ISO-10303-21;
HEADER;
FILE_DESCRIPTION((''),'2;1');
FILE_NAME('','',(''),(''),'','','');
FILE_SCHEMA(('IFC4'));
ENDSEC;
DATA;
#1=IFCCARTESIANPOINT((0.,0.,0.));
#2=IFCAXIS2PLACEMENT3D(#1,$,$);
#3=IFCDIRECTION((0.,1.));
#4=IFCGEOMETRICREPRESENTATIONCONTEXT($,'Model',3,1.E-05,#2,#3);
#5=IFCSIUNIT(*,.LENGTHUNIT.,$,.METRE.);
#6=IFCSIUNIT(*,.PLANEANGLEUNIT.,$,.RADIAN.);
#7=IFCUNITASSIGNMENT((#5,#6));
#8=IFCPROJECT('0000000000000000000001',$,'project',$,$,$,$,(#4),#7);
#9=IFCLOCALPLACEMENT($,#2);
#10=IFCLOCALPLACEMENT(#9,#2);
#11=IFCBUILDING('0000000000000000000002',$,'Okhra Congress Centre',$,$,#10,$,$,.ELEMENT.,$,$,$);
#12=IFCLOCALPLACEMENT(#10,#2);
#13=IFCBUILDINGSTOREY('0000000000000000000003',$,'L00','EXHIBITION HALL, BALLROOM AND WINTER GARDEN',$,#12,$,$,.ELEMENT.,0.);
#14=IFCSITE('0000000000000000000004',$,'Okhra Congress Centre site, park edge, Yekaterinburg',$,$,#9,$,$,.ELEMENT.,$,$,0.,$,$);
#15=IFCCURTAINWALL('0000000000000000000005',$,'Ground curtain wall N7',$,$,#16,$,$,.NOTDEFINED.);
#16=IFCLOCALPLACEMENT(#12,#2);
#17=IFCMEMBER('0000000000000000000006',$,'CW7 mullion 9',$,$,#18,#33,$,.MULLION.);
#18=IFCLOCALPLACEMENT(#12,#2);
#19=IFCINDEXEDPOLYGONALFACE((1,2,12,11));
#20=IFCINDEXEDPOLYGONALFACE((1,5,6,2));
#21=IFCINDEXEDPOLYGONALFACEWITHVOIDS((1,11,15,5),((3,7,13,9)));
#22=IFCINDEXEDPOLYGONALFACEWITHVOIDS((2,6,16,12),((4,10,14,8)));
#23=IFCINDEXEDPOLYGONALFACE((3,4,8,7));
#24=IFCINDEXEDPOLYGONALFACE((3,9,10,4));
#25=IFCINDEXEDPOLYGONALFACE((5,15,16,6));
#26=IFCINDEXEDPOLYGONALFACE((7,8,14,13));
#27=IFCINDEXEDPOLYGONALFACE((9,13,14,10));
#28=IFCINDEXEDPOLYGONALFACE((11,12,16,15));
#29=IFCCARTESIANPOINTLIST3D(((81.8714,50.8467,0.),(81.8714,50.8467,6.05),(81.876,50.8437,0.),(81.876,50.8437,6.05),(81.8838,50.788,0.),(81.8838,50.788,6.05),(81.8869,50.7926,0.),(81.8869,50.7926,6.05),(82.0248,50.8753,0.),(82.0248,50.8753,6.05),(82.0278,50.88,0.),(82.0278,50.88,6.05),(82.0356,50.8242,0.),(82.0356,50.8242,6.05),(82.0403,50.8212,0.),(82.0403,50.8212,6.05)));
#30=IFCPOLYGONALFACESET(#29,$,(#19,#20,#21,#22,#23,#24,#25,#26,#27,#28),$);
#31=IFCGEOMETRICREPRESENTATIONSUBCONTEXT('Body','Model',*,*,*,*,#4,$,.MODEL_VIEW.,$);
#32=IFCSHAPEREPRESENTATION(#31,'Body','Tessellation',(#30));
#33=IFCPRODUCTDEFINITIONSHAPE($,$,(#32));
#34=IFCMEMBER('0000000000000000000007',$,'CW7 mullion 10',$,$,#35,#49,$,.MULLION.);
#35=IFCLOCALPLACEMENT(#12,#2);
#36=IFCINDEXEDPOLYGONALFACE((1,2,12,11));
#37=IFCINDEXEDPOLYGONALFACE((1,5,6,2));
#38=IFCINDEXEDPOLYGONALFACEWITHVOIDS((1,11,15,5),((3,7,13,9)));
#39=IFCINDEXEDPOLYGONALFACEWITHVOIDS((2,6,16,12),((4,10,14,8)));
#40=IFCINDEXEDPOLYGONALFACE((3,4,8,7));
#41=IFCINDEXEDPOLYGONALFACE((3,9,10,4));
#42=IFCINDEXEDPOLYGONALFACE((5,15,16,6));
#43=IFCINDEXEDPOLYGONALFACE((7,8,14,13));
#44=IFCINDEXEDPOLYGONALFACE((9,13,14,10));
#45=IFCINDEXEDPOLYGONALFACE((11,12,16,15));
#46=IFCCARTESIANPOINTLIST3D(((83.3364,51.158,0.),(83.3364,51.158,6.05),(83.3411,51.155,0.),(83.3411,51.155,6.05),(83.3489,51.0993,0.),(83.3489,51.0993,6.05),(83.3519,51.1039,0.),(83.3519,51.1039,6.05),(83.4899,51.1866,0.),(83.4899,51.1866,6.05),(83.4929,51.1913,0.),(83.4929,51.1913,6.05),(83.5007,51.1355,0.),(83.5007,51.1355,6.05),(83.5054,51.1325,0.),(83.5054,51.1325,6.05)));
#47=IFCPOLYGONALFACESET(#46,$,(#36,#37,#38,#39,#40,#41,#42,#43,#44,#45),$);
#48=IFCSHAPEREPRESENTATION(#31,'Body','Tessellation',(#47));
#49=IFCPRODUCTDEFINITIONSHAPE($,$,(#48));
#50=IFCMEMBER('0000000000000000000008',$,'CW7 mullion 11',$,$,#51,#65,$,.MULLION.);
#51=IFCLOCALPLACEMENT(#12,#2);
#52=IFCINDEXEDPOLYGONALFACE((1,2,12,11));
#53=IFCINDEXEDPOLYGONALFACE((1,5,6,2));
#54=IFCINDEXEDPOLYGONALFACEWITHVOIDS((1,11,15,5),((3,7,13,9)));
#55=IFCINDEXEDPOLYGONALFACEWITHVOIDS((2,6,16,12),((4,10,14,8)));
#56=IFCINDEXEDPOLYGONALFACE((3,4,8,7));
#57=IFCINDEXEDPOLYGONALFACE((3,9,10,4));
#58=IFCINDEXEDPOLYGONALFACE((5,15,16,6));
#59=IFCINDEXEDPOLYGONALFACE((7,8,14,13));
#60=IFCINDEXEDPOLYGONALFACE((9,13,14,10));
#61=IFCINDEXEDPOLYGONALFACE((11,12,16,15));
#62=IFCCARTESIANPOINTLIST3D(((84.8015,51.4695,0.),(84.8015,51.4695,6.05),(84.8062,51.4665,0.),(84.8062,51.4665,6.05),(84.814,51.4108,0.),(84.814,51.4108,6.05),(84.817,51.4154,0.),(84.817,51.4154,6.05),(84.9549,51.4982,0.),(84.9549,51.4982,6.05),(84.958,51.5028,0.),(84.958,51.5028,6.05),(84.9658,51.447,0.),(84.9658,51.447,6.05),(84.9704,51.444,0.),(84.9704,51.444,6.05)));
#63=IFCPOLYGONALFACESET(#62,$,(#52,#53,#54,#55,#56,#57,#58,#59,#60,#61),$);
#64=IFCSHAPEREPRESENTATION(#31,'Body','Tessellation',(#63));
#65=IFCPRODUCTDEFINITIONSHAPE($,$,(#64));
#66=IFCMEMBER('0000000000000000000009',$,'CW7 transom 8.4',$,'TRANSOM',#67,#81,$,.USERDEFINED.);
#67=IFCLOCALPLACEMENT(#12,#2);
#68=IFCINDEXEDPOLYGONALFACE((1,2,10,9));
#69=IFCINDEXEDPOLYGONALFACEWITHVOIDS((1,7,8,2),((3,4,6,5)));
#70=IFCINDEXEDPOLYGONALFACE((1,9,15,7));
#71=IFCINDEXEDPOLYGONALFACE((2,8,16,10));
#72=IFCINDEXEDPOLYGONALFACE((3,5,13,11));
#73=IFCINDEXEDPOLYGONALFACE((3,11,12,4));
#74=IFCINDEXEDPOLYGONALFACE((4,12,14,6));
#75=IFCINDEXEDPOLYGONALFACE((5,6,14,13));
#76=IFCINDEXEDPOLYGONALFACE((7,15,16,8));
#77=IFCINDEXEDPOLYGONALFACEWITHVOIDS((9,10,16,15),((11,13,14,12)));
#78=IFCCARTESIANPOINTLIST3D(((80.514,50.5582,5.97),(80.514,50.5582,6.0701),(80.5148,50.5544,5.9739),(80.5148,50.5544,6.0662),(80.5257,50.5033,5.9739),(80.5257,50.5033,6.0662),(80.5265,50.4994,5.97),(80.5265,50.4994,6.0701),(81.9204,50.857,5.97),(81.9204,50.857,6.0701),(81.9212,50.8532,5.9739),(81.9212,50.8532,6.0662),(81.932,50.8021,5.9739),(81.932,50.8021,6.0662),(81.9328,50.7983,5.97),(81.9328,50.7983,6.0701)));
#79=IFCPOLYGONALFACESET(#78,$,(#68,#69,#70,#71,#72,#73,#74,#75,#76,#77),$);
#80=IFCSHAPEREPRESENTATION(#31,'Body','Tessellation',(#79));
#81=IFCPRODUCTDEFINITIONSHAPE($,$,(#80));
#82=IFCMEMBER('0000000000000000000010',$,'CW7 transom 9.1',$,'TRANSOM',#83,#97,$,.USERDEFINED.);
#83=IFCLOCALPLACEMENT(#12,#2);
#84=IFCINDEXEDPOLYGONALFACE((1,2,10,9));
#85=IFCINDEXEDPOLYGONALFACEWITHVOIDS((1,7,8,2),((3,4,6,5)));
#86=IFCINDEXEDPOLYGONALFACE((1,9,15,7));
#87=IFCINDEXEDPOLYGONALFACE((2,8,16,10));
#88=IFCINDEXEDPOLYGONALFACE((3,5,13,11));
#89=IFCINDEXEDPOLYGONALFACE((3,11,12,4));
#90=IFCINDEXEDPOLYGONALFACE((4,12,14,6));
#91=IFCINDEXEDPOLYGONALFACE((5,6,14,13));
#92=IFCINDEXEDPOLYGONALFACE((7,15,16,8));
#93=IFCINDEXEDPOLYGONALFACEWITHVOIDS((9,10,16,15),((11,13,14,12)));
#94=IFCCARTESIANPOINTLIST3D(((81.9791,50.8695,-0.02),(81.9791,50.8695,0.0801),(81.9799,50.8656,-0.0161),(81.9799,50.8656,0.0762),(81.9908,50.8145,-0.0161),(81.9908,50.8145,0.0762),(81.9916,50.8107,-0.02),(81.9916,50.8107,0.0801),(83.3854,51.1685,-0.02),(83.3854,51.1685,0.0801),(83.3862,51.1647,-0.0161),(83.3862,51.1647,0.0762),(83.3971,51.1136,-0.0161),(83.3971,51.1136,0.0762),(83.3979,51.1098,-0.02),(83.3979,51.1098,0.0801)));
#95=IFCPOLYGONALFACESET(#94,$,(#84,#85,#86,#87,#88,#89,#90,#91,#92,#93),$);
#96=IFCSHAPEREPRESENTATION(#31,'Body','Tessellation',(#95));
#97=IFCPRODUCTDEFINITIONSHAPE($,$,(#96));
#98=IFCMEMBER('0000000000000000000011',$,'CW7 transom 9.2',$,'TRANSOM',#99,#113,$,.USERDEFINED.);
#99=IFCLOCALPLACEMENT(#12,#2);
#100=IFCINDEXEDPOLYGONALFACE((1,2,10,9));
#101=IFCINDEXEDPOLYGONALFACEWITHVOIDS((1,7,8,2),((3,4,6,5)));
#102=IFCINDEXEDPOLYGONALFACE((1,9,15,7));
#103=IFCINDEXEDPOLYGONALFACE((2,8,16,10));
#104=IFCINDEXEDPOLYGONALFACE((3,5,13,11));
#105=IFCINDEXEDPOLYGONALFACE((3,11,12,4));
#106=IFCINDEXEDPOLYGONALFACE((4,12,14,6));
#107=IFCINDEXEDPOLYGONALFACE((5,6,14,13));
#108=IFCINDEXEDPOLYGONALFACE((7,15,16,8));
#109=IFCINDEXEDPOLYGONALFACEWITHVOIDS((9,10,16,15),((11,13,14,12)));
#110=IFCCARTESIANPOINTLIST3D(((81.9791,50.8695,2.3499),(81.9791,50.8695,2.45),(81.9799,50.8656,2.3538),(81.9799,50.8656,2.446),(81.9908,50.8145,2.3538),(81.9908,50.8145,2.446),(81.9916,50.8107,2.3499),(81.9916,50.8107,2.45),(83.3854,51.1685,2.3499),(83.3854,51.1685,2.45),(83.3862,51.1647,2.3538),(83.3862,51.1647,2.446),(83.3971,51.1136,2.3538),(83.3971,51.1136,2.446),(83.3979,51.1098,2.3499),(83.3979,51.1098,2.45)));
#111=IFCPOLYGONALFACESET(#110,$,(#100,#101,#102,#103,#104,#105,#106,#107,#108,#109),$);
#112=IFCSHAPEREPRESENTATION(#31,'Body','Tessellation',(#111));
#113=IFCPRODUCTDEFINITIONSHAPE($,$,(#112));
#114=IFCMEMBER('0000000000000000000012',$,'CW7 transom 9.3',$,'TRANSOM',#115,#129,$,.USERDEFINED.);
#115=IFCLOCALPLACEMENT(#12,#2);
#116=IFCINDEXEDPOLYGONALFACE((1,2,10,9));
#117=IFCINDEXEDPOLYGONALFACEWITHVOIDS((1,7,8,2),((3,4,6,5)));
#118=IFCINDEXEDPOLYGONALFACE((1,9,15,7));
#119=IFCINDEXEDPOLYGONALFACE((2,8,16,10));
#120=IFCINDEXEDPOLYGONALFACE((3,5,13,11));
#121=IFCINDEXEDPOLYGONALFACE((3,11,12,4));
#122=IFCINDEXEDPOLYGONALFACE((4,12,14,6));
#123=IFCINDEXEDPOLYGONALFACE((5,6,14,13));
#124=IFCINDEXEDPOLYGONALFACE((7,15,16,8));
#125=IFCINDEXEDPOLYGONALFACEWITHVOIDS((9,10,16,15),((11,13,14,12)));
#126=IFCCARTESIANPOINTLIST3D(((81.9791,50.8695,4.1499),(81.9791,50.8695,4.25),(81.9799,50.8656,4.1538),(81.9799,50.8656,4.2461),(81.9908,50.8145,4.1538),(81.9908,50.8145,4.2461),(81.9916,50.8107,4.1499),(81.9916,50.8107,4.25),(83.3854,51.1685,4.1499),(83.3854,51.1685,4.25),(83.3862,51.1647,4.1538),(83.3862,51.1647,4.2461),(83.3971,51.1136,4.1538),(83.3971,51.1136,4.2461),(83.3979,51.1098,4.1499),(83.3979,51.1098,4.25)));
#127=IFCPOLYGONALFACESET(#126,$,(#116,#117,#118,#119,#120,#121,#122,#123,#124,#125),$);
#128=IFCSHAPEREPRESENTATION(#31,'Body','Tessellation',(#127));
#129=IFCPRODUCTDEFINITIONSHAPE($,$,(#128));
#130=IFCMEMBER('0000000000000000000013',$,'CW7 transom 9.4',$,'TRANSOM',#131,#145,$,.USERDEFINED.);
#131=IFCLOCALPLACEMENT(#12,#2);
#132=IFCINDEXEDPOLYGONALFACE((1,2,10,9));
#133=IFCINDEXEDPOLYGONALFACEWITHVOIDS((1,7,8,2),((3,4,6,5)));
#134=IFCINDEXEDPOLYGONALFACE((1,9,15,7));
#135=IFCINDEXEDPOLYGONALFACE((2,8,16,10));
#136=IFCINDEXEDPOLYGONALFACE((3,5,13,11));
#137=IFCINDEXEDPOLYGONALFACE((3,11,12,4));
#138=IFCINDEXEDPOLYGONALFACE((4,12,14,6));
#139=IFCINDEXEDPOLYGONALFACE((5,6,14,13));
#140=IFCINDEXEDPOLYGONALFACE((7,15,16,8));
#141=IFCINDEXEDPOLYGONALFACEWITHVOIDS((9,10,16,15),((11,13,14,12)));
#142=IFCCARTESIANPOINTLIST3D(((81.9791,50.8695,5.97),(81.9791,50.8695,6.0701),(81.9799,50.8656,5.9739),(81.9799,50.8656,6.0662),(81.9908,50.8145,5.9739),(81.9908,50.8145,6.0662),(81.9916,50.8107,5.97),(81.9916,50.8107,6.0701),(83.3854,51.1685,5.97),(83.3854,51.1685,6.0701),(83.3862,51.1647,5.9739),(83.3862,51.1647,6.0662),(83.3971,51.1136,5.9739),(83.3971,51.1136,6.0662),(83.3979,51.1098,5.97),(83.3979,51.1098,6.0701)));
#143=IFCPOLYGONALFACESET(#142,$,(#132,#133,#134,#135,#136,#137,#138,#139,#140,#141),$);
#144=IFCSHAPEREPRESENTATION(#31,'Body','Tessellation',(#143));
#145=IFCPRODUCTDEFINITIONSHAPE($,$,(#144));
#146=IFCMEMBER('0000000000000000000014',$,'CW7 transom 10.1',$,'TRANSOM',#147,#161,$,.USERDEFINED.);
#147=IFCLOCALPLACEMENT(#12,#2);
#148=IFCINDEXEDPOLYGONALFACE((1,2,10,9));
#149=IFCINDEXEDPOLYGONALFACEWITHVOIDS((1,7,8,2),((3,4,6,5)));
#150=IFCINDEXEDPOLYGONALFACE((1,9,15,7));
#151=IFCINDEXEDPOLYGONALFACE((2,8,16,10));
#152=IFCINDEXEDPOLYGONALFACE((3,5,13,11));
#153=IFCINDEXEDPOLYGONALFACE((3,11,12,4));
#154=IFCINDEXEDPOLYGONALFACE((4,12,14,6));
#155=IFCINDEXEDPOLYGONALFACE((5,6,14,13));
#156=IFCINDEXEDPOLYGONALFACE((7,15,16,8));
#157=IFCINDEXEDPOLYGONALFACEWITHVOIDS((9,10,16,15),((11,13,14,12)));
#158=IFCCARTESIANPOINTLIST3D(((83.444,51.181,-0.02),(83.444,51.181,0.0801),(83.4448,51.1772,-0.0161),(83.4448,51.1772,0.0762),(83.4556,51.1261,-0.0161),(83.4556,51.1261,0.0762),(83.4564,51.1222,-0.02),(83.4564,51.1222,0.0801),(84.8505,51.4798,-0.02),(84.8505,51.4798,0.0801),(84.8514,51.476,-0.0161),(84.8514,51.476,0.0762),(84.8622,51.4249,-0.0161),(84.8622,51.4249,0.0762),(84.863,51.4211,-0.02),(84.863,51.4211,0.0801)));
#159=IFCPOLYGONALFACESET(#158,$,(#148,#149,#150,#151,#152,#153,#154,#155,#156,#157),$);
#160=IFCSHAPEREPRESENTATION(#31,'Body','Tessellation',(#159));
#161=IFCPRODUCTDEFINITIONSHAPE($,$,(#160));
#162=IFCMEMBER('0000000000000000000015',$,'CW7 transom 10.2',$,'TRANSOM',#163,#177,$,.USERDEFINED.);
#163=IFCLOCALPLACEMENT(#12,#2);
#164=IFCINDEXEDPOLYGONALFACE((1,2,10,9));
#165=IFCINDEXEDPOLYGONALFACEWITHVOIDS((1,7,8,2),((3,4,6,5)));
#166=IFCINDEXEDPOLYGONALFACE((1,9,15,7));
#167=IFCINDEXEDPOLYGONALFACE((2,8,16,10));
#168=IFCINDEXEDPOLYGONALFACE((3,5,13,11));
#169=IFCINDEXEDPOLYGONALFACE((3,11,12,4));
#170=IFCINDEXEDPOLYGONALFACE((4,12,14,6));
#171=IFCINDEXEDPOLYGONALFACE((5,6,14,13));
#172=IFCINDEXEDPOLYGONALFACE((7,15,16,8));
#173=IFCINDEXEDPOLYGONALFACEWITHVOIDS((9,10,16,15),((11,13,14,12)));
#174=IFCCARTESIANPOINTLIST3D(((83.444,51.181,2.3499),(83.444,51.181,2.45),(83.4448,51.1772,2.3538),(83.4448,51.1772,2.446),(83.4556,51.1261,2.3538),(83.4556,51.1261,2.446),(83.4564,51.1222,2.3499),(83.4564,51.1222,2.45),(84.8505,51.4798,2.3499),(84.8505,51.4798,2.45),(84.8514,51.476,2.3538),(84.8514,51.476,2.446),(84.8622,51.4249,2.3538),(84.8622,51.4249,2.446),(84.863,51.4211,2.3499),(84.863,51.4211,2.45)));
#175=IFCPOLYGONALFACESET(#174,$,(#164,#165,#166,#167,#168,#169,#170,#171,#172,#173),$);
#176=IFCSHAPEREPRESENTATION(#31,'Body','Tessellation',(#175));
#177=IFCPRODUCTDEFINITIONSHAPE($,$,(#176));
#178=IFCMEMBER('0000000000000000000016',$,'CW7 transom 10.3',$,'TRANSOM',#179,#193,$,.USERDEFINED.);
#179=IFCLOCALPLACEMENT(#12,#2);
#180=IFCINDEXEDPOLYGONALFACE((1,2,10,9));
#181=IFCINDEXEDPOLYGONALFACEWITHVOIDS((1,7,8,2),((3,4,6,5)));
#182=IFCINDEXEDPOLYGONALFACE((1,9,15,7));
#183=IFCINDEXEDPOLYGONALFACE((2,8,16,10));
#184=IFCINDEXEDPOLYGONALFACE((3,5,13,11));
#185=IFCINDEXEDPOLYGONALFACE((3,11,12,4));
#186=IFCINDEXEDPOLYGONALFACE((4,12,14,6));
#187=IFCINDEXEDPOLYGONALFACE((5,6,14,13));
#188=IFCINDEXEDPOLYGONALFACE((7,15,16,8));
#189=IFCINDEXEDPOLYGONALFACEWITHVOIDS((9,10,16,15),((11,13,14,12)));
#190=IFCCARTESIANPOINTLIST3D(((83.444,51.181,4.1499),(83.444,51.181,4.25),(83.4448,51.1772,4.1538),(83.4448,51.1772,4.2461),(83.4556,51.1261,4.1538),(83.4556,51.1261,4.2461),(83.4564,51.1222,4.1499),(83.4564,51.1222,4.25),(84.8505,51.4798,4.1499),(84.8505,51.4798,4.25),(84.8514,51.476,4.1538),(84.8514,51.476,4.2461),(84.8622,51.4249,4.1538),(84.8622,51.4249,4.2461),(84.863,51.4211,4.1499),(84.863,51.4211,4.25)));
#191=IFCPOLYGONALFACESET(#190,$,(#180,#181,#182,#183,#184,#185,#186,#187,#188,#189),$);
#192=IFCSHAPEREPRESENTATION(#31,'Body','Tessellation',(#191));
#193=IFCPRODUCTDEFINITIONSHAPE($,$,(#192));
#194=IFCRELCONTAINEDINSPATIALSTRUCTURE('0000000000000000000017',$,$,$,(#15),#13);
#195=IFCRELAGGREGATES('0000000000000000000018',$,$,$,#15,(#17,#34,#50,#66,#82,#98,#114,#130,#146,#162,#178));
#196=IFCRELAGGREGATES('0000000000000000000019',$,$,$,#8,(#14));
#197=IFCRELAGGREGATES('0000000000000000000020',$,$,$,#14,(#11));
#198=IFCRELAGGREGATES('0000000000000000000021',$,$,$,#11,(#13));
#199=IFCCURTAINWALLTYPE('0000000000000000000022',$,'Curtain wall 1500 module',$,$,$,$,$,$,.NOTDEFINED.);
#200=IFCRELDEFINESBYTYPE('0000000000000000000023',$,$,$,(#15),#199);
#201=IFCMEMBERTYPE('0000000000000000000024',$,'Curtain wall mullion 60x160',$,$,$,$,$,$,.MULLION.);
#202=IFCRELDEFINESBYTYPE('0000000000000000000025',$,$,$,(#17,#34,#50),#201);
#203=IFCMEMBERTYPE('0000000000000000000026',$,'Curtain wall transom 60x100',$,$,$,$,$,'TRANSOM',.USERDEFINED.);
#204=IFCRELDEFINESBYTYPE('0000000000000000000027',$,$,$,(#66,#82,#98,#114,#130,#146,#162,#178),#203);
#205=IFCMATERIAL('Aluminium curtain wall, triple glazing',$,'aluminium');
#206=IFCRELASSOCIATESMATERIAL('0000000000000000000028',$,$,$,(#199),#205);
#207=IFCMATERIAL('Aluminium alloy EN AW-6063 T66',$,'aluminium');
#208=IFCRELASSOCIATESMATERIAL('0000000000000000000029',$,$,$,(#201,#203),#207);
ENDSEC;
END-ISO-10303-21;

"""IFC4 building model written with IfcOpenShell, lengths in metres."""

from ifc_helpers import new_model, si_unit, direction, frame, origin, origin_2d, place, context, subcontext, project, spatial, hollow_rectangle, extrude, material, material_profile, profile_set, type_object, element, aggregate, save


model = new_model("IFC4")

# Units and contexts
model_context = context("Model", 3, precision=1e-05, world=origin(), true_north=direction((0.0, 1.0)))
body_context = subcontext(model_context, "Body", "Model", "MODEL_VIEW")
ifc_project = project(units=[si_unit("LENGTHUNIT", "METRE"), si_unit("PLANEANGLEUNIT", "RADIAN")], contexts=[model_context])

# Site, building, storey
site_placement = place(None, origin())
site = spatial("IfcSite", under=ifc_project, at=site_placement, Name="Okhra Congress Centre site, park edge, Yekaterinburg", CompositionType="ELEMENT", RefElevation=0.0)
building_placement = place(site_placement, origin())
building = spatial("IfcBuilding", under=site, at=building_placement, Name="Okhra Congress Centre", CompositionType="ELEMENT")
storey_placement = place(building_placement, origin())
storey = spatial("IfcBuildingStorey", under=building, at=storey_placement, Name="L00", Description="EXHIBITION HALL, BALLROOM AND WINTER GARDEN", CompositionType="ELEMENT", Elevation=0.0)

# Curtain wall, members
ifc_material_1 = material(Name="Aluminium curtain wall, triple glazing", Category="aluminium")
curtain_wall_type = type_object("IfcCurtainWallType", Name="Curtain wall 1500 module", PredefinedType="NOTDEFINED", material=ifc_material_1)
curtain_wall_placement = place(storey_placement, origin())
curtain_wall = element("IfcCurtainWall", 1, at=curtain_wall_placement, inside=storey, type_object=curtain_wall_type, Name="Ground curtain wall N7", PredefinedType="NOTDEFINED")
ifc_material_2 = material(Name="Aluminium alloy EN AW-6063 T66", Category="aluminium")
ifc_material_profile_1 = material_profile(ifc_material_2, hollow_rectangle(XDim=0.0601, YDim=0.1599, WallThickness=0.0039, at=origin_2d()), Name="RHS 60x160x4")
ifc_profile_set_1 = profile_set([ifc_material_profile_1], Name="Aluminium alloy EN AW-6063 T66")
member_type_1 = type_object("IfcMemberType", Name="Curtain wall mullion 60x160", PredefinedType="MULLION", material=ifc_profile_set_1)
member_1_placement = place(storey_placement, frame((81.9558, 50.834, 0.0), z_axis=(0.0, 0.0, 1.0), x_axis=(-0.207912, 0.978148, 0.0)))
member_1 = element("IfcMember", 2, at=member_1_placement, type_object=member_type_1, Name="CW7 mullion 9", PredefinedType="MULLION", context=body_context, shape_type="SweptSolid", body=[
    extrude(hollow_rectangle(XDim=0.0601, YDim=0.1599, WallThickness=0.0039, at=origin_2d()), origin(), (0.0, 0.0, 1.0), 6.05),
])
member_2_placement = place(storey_placement, frame((83.4209, 51.1453, 0.0), z_axis=(0.0, 0.0, 1.0), x_axis=(-0.207912, 0.978148, 0.0)))
member_2 = element("IfcMember", 3, at=member_2_placement, type_object=member_type_1, Name="CW7 mullion 10", PredefinedType="MULLION", context=body_context, shape_type="SweptSolid", body=[
    extrude(hollow_rectangle(XDim=0.0601, YDim=0.1599, WallThickness=0.0039, at=origin_2d()), origin(), (0.0, 0.0, 1.0), 6.05),
])
member_3_placement = place(storey_placement, frame((84.886, 51.4568, 0.0), z_axis=(0.0, 0.0, 1.0), x_axis=(-0.207912, 0.978148, 0.0)))
member_3 = element("IfcMember", 4, at=member_3_placement, type_object=member_type_1, Name="CW7 mullion 11", PredefinedType="MULLION", context=body_context, shape_type="SweptSolid", body=[
    extrude(hollow_rectangle(XDim=0.0601, YDim=0.1599, WallThickness=0.0039, at=origin_2d()), origin(), (0.0, 0.0, 1.0), 6.05),
])
ifc_material_profile_2 = material_profile(ifc_material_2, hollow_rectangle(XDim=0.0601, YDim=0.1001, WallThickness=0.0039, at=origin_2d()), Name="RHS 60x100x4")
ifc_profile_set_2 = profile_set([ifc_material_profile_2], Name="Aluminium alloy EN AW-6063 T66")
member_type_2 = type_object("IfcMemberType", Name="Curtain wall transom 60x100", ElementType="TRANSOM", PredefinedType="USERDEFINED", material=ifc_profile_set_2)
member_4_placement = place(storey_placement, frame((80.5203, 50.5288, 6.02), z_axis=(0.978159, 0.207859, 0.0), x_axis=(-0.207859, 0.978159, 0.0)))
member_4 = element("IfcMember", 5, at=member_4_placement, type_object=member_type_2, Name="CW7 transom 8.4", ObjectType="TRANSOM", PredefinedType="USERDEFINED", context=body_context, shape_type="SweptSolid", body=[
    extrude(hollow_rectangle(XDim=0.0601, YDim=0.1001, WallThickness=0.0039, at=origin_2d()), origin(), (0.0, 0.0, 1.0), 1.4377),
])
member_5_placement = place(storey_placement, frame((81.9854, 50.8401, 0.03), z_axis=(0.978124, 0.208021, 0.0), x_axis=(-0.208021, 0.978124, 0.0)))
member_5 = element("IfcMember", 6, at=member_5_placement, type_object=member_type_2, Name="CW7 transom 9.1", ObjectType="TRANSOM", PredefinedType="USERDEFINED", context=body_context, shape_type="SweptSolid", body=[
    extrude(hollow_rectangle(XDim=0.0601, YDim=0.1001, WallThickness=0.0039, at=origin_2d()), origin(), (0.0, 0.0, 1.0), 1.4377),
])
member_6_placement = place(storey_placement, frame((81.9854, 50.8401, 2.3999), z_axis=(0.978124, 0.208021, 0.0), x_axis=(-0.208021, 0.978124, 0.0)))
member_6 = element("IfcMember", 7, at=member_6_placement, type_object=member_type_2, Name="CW7 transom 9.2", ObjectType="TRANSOM", PredefinedType="USERDEFINED", context=body_context, shape_type="SweptSolid", body=[
    extrude(hollow_rectangle(XDim=0.0601, YDim=0.1001, WallThickness=0.0039, at=origin_2d()), origin(), (0.0, 0.0, 1.0), 1.4377),
])
member_7_placement = place(storey_placement, frame((81.9854, 50.8401, 4.2), z_axis=(0.978124, 0.208021, 0.0), x_axis=(-0.208021, 0.978124, 0.0)))
member_7 = element("IfcMember", 8, at=member_7_placement, type_object=member_type_2, Name="CW7 transom 9.3", ObjectType="TRANSOM", PredefinedType="USERDEFINED", context=body_context, shape_type="SweptSolid", body=[
    extrude(hollow_rectangle(XDim=0.0601, YDim=0.1001, WallThickness=0.0039, at=origin_2d()), origin(), (0.0, 0.0, 1.0), 1.4377),
])
member_8_placement = place(storey_placement, frame((81.9854, 50.8401, 6.02), z_axis=(0.978124, 0.208021, 0.0), x_axis=(-0.208021, 0.978124, 0.0)))
member_8 = element("IfcMember", 9, at=member_8_placement, type_object=member_type_2, Name="CW7 transom 9.4", ObjectType="TRANSOM", PredefinedType="USERDEFINED", context=body_context, shape_type="SweptSolid", body=[
    extrude(hollow_rectangle(XDim=0.0601, YDim=0.1001, WallThickness=0.0039, at=origin_2d()), origin(), (0.0, 0.0, 1.0), 1.4377),
])
member_9_placement = place(storey_placement, frame((83.4502, 51.1516, 0.03), z_axis=(0.978166, 0.207824, 0.0), x_axis=(-0.207824, 0.978166, 0.0)))
member_9 = element("IfcMember", 10, at=member_9_placement, type_object=member_type_2, Name="CW7 transom 10.1", ObjectType="TRANSOM", PredefinedType="USERDEFINED", context=body_context, shape_type="SweptSolid", body=[
    extrude(hollow_rectangle(XDim=0.0601, YDim=0.1001, WallThickness=0.0039, at=origin_2d()), origin(), (0.0, 0.0, 1.0), 1.438),
])
member_10_placement = place(storey_placement, frame((83.4502, 51.1516, 2.3999), z_axis=(0.978166, 0.207824, 0.0), x_axis=(-0.207824, 0.978166, 0.0)))
member_10 = element("IfcMember", 11, at=member_10_placement, type_object=member_type_2, Name="CW7 transom 10.2", ObjectType="TRANSOM", PredefinedType="USERDEFINED", context=body_context, shape_type="SweptSolid", body=[
    extrude(hollow_rectangle(XDim=0.0601, YDim=0.1001, WallThickness=0.0039, at=origin_2d()), origin(), (0.0, 0.0, 1.0), 1.438),
])
member_11_placement = place(storey_placement, frame((83.4502, 51.1516, 4.2), z_axis=(0.978166, 0.207824, 0.0), x_axis=(-0.207824, 0.978166, 0.0)))
member_11 = element("IfcMember", 12, at=member_11_placement, type_object=member_type_2, Name="CW7 transom 10.3", ObjectType="TRANSOM", PredefinedType="USERDEFINED", context=body_context, shape_type="SweptSolid", body=[
    extrude(hollow_rectangle(XDim=0.0601, YDim=0.1001, WallThickness=0.0039, at=origin_2d()), origin(), (0.0, 0.0, 1.0), 1.438),
])
aggregate(curtain_wall, [member_1, member_2, member_3, member_4, member_5, member_6, member_7, member_8, member_9, member_10, member_11])

save(model, "model.ifc")
